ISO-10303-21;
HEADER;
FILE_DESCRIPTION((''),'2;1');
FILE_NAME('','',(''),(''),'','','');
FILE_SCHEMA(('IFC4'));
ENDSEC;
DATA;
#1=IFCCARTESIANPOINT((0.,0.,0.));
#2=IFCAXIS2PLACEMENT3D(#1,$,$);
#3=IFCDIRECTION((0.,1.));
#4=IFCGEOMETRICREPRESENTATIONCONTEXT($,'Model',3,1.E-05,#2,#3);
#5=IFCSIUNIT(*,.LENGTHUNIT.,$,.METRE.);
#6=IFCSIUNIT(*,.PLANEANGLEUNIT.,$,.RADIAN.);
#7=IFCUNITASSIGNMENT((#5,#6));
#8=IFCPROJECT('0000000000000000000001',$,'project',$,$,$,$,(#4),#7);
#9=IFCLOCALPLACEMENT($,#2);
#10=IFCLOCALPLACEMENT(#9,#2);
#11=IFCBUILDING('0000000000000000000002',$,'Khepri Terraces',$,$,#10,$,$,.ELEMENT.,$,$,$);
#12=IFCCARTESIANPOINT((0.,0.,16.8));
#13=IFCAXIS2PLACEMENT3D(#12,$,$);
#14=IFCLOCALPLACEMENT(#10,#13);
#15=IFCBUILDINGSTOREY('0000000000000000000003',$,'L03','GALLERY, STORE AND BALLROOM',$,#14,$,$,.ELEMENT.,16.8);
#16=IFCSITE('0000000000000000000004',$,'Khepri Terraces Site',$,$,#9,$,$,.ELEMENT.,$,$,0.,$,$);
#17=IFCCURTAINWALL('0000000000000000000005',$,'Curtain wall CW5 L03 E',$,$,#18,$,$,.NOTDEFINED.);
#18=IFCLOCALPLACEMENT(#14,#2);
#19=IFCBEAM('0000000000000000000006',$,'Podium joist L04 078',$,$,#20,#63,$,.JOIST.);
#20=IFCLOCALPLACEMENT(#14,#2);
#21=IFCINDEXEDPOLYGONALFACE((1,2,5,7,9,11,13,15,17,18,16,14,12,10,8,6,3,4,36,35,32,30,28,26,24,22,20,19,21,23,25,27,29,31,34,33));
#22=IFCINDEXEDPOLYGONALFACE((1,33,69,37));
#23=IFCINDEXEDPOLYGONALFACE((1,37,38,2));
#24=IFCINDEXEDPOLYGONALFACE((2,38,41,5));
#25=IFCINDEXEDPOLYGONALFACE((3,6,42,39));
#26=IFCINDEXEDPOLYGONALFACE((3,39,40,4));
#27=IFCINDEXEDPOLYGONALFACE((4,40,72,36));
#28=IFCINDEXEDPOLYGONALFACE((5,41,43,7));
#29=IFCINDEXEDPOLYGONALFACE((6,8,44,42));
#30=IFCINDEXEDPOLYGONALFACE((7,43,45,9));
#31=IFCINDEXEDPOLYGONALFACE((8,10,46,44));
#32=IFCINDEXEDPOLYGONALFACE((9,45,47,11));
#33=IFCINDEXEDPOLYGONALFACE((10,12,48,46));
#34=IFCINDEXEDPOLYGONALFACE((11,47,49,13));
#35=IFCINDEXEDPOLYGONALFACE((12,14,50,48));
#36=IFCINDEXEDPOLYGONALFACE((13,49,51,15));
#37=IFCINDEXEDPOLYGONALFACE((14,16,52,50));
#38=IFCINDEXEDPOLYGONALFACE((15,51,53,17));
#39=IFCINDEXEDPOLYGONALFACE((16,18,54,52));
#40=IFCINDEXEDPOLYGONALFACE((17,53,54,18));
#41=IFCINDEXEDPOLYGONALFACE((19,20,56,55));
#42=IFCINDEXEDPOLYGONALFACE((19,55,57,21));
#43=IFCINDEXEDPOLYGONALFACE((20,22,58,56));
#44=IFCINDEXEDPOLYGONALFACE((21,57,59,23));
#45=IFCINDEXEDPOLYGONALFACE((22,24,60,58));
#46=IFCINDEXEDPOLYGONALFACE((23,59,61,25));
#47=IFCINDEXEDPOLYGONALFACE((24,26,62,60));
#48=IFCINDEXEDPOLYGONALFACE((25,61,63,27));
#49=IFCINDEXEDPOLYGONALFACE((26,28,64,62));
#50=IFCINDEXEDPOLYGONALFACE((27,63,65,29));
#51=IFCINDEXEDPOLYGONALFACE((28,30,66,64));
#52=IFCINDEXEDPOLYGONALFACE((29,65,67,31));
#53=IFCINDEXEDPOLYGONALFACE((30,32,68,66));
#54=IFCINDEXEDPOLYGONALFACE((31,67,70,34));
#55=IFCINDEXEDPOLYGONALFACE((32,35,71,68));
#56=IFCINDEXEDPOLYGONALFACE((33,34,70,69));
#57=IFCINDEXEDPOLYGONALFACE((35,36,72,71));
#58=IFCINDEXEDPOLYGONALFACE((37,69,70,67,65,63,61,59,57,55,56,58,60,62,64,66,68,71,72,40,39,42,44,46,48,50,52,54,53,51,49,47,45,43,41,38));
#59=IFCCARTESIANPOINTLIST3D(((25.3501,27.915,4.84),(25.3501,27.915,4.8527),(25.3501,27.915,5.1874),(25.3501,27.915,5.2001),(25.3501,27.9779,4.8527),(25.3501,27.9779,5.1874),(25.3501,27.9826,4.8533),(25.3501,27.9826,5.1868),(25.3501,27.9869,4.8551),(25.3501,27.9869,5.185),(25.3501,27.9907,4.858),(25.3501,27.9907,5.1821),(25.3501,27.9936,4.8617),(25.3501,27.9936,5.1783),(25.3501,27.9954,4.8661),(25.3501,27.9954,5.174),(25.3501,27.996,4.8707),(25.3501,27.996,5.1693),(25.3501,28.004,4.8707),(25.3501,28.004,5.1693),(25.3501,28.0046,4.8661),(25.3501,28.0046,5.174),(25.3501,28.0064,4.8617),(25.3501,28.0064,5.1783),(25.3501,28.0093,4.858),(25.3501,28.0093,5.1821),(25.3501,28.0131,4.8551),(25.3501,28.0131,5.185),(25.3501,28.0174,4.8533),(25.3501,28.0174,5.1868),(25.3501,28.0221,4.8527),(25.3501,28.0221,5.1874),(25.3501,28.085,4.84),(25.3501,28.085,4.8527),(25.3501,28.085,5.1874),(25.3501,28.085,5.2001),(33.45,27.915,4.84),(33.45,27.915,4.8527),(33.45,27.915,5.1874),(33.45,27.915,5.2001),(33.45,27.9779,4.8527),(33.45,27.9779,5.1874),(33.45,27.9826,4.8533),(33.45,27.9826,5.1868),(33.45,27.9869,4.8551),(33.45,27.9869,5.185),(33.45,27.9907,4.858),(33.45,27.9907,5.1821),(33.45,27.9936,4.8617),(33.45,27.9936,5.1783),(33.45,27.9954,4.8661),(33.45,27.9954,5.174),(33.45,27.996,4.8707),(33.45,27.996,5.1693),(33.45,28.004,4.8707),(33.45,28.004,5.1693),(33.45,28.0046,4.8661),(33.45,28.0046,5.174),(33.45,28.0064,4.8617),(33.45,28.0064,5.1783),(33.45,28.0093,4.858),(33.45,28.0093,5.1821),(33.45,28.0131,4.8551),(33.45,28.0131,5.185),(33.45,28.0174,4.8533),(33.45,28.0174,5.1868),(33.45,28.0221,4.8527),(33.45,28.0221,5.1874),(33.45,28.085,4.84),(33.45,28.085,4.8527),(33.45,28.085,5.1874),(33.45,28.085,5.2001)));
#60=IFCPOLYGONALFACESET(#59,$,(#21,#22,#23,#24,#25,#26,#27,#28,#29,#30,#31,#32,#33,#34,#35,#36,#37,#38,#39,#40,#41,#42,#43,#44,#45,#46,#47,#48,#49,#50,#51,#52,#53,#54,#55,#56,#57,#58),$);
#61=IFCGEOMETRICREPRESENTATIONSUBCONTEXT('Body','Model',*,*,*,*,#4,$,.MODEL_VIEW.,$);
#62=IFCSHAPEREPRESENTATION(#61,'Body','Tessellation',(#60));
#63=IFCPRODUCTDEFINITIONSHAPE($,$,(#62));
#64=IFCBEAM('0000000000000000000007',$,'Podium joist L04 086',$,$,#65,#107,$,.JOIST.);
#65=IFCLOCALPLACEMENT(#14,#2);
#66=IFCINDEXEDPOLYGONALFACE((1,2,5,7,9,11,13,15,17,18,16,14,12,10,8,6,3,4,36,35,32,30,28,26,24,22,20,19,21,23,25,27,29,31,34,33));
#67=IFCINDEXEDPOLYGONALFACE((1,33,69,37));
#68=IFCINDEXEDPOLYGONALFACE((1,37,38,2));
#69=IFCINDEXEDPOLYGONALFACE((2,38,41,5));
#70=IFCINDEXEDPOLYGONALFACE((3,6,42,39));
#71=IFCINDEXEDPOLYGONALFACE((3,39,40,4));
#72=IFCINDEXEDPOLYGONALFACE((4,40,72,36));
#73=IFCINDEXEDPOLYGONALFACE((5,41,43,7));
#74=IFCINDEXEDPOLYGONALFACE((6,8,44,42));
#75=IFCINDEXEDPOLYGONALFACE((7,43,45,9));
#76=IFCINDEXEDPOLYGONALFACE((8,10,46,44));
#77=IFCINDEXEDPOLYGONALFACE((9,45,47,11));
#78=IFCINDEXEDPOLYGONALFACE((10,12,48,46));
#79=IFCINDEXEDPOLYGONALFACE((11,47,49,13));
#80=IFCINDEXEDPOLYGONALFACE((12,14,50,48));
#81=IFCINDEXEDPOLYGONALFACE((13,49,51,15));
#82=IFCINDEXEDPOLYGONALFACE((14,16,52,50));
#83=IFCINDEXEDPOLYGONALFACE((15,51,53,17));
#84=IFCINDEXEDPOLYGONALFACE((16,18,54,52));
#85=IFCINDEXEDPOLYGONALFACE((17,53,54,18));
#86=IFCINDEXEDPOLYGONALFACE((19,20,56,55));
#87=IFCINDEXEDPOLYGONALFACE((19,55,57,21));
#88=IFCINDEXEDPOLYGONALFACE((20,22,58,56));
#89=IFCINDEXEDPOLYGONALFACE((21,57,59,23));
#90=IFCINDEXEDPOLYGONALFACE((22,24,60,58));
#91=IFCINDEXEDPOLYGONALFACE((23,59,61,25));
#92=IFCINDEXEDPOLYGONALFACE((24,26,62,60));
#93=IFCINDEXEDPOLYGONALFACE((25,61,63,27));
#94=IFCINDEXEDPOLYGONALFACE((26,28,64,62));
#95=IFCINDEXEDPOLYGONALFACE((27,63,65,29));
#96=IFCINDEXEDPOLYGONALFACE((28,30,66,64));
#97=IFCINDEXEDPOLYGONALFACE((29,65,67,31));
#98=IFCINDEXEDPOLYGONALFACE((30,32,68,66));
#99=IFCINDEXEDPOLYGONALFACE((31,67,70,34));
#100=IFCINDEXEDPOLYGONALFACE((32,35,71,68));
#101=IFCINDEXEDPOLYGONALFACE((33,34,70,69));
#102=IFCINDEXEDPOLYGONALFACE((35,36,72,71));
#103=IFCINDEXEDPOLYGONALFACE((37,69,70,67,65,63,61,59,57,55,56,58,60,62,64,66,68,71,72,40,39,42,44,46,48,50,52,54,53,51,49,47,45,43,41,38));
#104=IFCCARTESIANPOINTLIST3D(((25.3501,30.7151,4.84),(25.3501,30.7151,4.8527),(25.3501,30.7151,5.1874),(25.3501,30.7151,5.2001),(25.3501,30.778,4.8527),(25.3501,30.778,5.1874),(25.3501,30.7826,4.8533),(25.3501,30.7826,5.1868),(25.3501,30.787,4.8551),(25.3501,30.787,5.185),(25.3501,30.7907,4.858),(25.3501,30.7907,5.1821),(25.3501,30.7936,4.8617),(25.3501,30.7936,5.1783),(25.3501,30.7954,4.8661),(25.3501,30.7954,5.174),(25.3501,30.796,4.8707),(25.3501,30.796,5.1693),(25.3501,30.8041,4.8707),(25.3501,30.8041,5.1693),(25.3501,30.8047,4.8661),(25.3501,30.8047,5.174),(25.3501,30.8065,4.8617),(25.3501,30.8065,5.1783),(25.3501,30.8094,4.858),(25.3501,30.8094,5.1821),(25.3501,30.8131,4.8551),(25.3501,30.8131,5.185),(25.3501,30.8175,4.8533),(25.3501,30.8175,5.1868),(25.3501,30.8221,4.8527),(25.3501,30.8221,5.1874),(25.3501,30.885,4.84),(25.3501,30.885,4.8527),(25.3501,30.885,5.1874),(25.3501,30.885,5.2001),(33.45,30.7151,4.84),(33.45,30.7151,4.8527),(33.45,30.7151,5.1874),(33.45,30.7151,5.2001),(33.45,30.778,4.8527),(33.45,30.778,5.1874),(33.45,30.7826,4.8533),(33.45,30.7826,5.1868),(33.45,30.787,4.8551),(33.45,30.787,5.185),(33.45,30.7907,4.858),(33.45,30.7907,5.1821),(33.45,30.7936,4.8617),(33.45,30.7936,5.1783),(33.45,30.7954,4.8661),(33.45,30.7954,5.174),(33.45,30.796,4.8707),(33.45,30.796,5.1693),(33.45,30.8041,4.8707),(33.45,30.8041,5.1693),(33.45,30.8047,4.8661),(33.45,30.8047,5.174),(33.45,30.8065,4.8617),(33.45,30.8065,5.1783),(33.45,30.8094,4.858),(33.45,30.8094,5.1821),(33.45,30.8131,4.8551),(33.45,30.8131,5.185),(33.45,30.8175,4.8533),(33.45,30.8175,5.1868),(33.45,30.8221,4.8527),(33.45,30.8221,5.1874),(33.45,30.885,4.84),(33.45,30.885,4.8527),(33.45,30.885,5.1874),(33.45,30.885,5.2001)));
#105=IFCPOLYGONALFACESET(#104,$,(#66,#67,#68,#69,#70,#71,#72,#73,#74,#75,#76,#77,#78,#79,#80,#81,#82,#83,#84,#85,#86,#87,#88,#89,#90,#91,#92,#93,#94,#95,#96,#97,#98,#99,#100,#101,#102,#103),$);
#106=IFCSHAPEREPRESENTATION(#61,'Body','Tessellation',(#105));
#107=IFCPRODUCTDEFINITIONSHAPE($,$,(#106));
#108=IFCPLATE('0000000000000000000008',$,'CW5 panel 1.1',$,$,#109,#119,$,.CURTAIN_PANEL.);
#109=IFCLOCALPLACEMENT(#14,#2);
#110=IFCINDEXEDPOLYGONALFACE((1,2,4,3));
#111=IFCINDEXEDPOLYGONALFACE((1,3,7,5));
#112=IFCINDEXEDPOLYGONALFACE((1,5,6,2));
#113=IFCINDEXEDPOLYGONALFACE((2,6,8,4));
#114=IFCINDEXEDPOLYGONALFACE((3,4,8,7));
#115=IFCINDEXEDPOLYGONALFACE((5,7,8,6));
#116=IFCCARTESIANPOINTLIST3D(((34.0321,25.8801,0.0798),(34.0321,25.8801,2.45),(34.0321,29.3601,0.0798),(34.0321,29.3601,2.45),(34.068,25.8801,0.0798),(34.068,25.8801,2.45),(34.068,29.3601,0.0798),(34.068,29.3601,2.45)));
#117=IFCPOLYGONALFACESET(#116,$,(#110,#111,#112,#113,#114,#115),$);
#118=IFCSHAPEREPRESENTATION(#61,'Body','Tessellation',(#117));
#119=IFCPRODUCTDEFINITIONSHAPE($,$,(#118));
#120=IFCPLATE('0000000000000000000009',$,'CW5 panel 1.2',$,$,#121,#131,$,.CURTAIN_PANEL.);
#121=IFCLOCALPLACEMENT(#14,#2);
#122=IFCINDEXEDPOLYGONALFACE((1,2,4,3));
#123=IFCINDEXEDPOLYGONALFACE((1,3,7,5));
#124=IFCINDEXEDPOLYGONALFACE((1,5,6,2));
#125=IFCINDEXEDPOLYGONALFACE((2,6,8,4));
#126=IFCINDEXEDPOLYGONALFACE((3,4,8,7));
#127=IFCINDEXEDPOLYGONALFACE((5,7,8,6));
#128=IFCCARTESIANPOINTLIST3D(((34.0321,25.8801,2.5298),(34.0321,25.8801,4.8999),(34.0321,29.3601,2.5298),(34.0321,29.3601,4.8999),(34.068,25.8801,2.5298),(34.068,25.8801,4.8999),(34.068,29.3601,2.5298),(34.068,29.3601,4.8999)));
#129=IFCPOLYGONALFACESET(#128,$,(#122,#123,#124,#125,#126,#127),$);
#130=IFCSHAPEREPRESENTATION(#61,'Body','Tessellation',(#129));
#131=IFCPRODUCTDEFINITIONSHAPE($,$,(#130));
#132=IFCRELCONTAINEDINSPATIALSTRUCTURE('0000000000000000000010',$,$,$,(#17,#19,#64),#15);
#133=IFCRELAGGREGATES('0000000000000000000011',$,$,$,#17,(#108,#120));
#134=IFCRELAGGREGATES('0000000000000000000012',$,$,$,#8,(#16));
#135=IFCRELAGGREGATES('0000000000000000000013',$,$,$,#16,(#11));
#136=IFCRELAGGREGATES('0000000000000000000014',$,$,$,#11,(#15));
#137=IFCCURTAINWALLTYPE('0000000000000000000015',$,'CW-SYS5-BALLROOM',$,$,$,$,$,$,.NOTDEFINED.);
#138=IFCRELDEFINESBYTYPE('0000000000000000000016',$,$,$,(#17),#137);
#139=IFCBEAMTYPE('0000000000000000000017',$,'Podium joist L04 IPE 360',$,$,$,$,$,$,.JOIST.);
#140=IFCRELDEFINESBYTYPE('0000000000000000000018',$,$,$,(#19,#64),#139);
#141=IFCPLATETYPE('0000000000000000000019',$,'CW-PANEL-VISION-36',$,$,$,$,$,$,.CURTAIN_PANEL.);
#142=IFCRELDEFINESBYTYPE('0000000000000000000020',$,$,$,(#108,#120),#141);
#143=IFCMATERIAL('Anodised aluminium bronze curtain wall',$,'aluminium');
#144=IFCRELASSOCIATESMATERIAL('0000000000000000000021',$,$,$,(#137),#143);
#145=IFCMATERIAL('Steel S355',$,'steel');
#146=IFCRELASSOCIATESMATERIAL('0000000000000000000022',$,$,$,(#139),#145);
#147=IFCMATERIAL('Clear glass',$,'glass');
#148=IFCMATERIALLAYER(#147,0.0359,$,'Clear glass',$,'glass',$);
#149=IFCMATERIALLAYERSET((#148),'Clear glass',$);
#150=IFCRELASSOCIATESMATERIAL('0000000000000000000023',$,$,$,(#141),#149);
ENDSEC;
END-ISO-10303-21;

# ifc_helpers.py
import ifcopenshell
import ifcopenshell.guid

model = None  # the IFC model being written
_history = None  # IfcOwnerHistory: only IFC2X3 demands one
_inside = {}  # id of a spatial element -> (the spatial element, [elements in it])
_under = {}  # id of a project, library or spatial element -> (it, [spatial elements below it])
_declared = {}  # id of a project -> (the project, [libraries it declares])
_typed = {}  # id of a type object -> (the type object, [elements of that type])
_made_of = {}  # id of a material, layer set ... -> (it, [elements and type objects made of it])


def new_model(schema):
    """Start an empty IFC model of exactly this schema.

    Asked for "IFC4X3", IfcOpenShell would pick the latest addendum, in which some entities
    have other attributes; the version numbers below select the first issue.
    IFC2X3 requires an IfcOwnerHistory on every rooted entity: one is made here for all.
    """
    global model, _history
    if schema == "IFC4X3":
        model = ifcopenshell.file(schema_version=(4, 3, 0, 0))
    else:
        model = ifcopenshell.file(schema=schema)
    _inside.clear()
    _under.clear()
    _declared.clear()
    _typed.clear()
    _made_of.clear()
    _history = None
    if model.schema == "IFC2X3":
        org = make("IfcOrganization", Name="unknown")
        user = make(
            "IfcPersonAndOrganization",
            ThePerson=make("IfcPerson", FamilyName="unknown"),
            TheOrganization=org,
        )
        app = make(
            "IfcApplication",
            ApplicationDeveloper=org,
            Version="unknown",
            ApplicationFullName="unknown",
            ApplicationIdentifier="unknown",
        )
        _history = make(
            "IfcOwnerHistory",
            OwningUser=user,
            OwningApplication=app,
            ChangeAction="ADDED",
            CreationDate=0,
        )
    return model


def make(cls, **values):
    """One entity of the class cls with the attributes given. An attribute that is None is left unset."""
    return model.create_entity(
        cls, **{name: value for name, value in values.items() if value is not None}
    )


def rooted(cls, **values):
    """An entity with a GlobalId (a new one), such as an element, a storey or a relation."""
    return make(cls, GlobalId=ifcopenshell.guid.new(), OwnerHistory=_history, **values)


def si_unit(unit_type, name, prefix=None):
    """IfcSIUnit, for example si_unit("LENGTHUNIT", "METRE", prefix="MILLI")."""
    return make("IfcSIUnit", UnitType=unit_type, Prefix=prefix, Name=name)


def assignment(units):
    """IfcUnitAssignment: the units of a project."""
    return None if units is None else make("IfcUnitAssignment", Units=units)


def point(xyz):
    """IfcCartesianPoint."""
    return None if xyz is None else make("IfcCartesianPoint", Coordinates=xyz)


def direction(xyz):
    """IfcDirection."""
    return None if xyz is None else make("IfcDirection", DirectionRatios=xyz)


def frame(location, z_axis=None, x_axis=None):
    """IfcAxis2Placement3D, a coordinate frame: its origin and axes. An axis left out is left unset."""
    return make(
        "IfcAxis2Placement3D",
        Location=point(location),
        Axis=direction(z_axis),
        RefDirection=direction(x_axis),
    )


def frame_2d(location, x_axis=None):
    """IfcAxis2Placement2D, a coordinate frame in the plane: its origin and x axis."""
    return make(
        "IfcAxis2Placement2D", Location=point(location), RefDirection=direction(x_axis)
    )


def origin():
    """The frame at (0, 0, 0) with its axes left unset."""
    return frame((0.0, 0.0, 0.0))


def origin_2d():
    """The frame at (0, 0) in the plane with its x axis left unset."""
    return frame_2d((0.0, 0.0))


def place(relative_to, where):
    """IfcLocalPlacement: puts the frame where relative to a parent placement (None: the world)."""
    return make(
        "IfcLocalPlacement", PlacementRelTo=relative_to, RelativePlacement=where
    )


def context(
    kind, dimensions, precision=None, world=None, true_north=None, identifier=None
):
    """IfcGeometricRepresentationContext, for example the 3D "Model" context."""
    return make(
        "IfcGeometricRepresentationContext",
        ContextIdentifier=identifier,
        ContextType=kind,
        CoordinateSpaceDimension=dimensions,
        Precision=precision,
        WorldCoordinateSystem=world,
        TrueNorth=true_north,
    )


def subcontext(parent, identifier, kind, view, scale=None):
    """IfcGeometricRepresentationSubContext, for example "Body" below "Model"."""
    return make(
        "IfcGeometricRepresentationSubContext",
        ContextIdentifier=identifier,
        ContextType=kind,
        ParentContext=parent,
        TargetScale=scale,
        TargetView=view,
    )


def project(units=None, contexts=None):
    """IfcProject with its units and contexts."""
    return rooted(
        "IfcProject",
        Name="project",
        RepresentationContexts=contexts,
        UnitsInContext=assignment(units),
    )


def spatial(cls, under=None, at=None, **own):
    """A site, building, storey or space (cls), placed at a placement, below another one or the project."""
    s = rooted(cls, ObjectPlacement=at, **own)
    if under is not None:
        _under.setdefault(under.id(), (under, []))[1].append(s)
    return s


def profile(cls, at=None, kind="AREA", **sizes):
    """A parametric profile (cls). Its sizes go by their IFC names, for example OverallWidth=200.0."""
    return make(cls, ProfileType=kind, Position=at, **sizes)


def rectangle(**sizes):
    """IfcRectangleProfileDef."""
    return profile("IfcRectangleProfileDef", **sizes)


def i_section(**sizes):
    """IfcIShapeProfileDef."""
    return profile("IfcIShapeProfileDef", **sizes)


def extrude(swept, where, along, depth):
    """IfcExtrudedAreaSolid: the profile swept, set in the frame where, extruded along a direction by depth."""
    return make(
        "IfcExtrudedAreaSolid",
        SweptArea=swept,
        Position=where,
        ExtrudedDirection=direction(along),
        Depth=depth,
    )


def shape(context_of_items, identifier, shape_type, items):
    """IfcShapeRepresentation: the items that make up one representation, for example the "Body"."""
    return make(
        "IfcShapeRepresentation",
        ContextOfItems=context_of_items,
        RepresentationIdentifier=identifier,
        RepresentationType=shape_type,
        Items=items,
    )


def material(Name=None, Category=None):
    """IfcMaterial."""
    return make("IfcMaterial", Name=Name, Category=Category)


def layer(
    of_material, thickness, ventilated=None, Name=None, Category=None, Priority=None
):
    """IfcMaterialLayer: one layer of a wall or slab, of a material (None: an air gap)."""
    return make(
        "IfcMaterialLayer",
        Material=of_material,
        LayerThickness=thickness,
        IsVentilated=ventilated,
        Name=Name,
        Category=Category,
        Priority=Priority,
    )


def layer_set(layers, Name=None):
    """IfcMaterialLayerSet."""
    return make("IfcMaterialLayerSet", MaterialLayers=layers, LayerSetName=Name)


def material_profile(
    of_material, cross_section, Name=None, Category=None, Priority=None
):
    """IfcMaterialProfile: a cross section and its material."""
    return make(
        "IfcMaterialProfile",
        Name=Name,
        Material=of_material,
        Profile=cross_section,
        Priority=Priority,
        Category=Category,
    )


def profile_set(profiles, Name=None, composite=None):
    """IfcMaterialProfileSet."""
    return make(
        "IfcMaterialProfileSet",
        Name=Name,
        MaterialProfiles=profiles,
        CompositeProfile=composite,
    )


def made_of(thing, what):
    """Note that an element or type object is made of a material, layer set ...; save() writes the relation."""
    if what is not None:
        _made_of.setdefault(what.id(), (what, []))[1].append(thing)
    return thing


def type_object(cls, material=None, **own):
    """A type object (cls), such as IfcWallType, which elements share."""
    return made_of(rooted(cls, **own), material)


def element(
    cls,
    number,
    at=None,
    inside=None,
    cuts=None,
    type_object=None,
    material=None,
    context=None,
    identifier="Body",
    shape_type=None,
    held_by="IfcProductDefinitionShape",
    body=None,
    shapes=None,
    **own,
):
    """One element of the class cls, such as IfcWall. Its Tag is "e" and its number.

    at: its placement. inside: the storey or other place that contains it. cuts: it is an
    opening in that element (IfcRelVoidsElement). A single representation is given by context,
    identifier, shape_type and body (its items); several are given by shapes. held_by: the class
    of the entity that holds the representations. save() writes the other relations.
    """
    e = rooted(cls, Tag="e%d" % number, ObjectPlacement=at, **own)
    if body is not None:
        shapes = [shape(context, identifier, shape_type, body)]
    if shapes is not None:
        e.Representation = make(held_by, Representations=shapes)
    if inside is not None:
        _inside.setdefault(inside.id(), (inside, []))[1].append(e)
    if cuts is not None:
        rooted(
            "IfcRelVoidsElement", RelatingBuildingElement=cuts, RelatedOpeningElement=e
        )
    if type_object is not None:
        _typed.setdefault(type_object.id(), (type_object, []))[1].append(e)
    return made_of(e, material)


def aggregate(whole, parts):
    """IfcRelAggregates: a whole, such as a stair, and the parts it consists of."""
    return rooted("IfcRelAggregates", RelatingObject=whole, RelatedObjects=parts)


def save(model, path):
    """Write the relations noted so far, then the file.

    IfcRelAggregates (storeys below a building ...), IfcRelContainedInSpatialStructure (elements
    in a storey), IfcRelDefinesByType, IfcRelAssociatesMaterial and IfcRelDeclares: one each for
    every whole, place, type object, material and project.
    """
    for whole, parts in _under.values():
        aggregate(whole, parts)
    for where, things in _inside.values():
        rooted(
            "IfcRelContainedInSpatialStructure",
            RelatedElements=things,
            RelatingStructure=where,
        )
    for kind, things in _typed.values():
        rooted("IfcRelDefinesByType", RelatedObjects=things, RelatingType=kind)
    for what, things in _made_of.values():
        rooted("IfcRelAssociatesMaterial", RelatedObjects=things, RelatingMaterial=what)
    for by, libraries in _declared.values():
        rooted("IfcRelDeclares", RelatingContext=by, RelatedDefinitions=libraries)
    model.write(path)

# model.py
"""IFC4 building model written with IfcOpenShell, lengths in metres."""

from ifc_helpers import new_model, si_unit, direction, frame, origin, origin_2d, place, context, subcontext, project, spatial, rectangle, i_section, extrude, material, layer, layer_set, material_profile, profile_set, type_object, element, aggregate, save


model = new_model("IFC4")

# Units and contexts
model_context = context("Model", 3, precision=1e-05, world=origin(), true_north=direction((0.0, 1.0)))
body_context = subcontext(model_context, "Body", "Model", "MODEL_VIEW")
ifc_project = project(units=[si_unit("LENGTHUNIT", "METRE"), si_unit("PLANEANGLEUNIT", "RADIAN")], contexts=[model_context])

# Site, building, storey
site_placement = place(None, origin())
site = spatial("IfcSite", under=ifc_project, at=site_placement, Name="Khepri Terraces Site", CompositionType="ELEMENT", RefElevation=0.0)
building_placement = place(site_placement, origin())
building = spatial("IfcBuilding", under=site, at=building_placement, Name="Khepri Terraces", CompositionType="ELEMENT")
storey_placement = place(building_placement, frame((0.0, 0.0, 16.8)))
storey = spatial("IfcBuildingStorey", under=building, at=storey_placement, Name="L03", Description="GALLERY, STORE AND BALLROOM", CompositionType="ELEMENT", Elevation=16.8)

# Curtain wall
ifc_material_1 = material(Name="Anodised aluminium bronze curtain wall", Category="aluminium")
curtain_wall_type = type_object("IfcCurtainWallType", Name="CW-SYS5-BALLROOM", PredefinedType="NOTDEFINED", material=ifc_material_1)
curtain_wall_placement = place(storey_placement, origin())
curtain_wall = element("IfcCurtainWall", 1, at=curtain_wall_placement, inside=storey, type_object=curtain_wall_type, Name="Curtain wall CW5 L03 E", PredefinedType="NOTDEFINED")

# Beams
ifc_material_2 = material(Name="Steel S355", Category="steel")
ifc_material_profile_1 = material_profile(ifc_material_2, i_section(OverallWidth=0.1699, OverallDepth=0.3601, WebThickness=0.0081, FlangeThickness=0.0127, FilletRadius=0.0181, at=origin_2d()), Name="Steel S355", Category="steel")
ifc_profile_set_1 = profile_set([ifc_material_profile_1], Name="Steel S355")
beam_type_1 = type_object("IfcBeamType", Name="Podium joist L04 IPE 360", PredefinedType="JOIST", material=ifc_profile_set_1)
for number, where, z_axis, x_axis, name in (
    (2, (25.3501, 28.0, 5.02), (1.0, 0.0, 0.0), (0.0, 1.0, 0.0), "Podium joist L04 078"),
    (3, (25.3501, 30.8, 5.02), (1.0, 0.0, 0.0), (0.0, 1.0, 0.0), "Podium joist L04 086"),
):
    element("IfcBeam", number, at=place(storey_placement, frame(where, z_axis=z_axis, x_axis=x_axis)), inside=storey, type_object=beam_type_1, Name=name, PredefinedType="JOIST", context=body_context, shape_type="SweptSolid", body=[
        extrude(i_section(OverallWidth=0.1699, OverallDepth=0.3601, WebThickness=0.0081, FlangeThickness=0.0127, FilletRadius=0.0181, at=origin_2d()), origin(), (0.0, 0.0, 1.0), 8.0999),
    ])

# Plates
ifc_material_3 = material(Name="Clear glass", Category="glass")
ifc_layer_1 = layer(ifc_material_3, 0.0359, Name="Clear glass", Category="glass")
ifc_layer_set_1 = layer_set([ifc_layer_1], Name="Clear glass")
plate_type = type_object("IfcPlateType", Name="CW-PANEL-VISION-36", PredefinedType="CURTAIN_PANEL", material=ifc_layer_set_1)
plate_1_placement = place(storey_placement, frame((34.05, 27.6201, 0.0798), z_axis=(0.0, 0.0, 1.0), x_axis=(0.0, 1.0, 0.0)))
plate_1 = element("IfcPlate", 4, at=plate_1_placement, type_object=plate_type, Name="CW5 panel 1.1", PredefinedType="CURTAIN_PANEL", context=body_context, shape_type="SweptSolid", body=[
    extrude(rectangle(XDim=3.48, YDim=0.0359, at=origin_2d()), origin(), (0.0, 0.0, 1.0), 2.3701),
])
plate_2_placement = place(storey_placement, frame((34.05, 27.6201, 2.5298), z_axis=(0.0, 0.0, 1.0), x_axis=(0.0, 1.0, 0.0)))
plate_2 = element("IfcPlate", 5, at=plate_2_placement, type_object=plate_type, Name="CW5 panel 1.2", PredefinedType="CURTAIN_PANEL", context=body_context, shape_type="SweptSolid", body=[
    extrude(rectangle(XDim=3.48, YDim=0.0359, at=origin_2d()), origin(), (0.0, 0.0, 1.0), 2.3701),
])
aggregate(curtain_wall, [plate_1, plate_2])

save(model, "model.ifc")
